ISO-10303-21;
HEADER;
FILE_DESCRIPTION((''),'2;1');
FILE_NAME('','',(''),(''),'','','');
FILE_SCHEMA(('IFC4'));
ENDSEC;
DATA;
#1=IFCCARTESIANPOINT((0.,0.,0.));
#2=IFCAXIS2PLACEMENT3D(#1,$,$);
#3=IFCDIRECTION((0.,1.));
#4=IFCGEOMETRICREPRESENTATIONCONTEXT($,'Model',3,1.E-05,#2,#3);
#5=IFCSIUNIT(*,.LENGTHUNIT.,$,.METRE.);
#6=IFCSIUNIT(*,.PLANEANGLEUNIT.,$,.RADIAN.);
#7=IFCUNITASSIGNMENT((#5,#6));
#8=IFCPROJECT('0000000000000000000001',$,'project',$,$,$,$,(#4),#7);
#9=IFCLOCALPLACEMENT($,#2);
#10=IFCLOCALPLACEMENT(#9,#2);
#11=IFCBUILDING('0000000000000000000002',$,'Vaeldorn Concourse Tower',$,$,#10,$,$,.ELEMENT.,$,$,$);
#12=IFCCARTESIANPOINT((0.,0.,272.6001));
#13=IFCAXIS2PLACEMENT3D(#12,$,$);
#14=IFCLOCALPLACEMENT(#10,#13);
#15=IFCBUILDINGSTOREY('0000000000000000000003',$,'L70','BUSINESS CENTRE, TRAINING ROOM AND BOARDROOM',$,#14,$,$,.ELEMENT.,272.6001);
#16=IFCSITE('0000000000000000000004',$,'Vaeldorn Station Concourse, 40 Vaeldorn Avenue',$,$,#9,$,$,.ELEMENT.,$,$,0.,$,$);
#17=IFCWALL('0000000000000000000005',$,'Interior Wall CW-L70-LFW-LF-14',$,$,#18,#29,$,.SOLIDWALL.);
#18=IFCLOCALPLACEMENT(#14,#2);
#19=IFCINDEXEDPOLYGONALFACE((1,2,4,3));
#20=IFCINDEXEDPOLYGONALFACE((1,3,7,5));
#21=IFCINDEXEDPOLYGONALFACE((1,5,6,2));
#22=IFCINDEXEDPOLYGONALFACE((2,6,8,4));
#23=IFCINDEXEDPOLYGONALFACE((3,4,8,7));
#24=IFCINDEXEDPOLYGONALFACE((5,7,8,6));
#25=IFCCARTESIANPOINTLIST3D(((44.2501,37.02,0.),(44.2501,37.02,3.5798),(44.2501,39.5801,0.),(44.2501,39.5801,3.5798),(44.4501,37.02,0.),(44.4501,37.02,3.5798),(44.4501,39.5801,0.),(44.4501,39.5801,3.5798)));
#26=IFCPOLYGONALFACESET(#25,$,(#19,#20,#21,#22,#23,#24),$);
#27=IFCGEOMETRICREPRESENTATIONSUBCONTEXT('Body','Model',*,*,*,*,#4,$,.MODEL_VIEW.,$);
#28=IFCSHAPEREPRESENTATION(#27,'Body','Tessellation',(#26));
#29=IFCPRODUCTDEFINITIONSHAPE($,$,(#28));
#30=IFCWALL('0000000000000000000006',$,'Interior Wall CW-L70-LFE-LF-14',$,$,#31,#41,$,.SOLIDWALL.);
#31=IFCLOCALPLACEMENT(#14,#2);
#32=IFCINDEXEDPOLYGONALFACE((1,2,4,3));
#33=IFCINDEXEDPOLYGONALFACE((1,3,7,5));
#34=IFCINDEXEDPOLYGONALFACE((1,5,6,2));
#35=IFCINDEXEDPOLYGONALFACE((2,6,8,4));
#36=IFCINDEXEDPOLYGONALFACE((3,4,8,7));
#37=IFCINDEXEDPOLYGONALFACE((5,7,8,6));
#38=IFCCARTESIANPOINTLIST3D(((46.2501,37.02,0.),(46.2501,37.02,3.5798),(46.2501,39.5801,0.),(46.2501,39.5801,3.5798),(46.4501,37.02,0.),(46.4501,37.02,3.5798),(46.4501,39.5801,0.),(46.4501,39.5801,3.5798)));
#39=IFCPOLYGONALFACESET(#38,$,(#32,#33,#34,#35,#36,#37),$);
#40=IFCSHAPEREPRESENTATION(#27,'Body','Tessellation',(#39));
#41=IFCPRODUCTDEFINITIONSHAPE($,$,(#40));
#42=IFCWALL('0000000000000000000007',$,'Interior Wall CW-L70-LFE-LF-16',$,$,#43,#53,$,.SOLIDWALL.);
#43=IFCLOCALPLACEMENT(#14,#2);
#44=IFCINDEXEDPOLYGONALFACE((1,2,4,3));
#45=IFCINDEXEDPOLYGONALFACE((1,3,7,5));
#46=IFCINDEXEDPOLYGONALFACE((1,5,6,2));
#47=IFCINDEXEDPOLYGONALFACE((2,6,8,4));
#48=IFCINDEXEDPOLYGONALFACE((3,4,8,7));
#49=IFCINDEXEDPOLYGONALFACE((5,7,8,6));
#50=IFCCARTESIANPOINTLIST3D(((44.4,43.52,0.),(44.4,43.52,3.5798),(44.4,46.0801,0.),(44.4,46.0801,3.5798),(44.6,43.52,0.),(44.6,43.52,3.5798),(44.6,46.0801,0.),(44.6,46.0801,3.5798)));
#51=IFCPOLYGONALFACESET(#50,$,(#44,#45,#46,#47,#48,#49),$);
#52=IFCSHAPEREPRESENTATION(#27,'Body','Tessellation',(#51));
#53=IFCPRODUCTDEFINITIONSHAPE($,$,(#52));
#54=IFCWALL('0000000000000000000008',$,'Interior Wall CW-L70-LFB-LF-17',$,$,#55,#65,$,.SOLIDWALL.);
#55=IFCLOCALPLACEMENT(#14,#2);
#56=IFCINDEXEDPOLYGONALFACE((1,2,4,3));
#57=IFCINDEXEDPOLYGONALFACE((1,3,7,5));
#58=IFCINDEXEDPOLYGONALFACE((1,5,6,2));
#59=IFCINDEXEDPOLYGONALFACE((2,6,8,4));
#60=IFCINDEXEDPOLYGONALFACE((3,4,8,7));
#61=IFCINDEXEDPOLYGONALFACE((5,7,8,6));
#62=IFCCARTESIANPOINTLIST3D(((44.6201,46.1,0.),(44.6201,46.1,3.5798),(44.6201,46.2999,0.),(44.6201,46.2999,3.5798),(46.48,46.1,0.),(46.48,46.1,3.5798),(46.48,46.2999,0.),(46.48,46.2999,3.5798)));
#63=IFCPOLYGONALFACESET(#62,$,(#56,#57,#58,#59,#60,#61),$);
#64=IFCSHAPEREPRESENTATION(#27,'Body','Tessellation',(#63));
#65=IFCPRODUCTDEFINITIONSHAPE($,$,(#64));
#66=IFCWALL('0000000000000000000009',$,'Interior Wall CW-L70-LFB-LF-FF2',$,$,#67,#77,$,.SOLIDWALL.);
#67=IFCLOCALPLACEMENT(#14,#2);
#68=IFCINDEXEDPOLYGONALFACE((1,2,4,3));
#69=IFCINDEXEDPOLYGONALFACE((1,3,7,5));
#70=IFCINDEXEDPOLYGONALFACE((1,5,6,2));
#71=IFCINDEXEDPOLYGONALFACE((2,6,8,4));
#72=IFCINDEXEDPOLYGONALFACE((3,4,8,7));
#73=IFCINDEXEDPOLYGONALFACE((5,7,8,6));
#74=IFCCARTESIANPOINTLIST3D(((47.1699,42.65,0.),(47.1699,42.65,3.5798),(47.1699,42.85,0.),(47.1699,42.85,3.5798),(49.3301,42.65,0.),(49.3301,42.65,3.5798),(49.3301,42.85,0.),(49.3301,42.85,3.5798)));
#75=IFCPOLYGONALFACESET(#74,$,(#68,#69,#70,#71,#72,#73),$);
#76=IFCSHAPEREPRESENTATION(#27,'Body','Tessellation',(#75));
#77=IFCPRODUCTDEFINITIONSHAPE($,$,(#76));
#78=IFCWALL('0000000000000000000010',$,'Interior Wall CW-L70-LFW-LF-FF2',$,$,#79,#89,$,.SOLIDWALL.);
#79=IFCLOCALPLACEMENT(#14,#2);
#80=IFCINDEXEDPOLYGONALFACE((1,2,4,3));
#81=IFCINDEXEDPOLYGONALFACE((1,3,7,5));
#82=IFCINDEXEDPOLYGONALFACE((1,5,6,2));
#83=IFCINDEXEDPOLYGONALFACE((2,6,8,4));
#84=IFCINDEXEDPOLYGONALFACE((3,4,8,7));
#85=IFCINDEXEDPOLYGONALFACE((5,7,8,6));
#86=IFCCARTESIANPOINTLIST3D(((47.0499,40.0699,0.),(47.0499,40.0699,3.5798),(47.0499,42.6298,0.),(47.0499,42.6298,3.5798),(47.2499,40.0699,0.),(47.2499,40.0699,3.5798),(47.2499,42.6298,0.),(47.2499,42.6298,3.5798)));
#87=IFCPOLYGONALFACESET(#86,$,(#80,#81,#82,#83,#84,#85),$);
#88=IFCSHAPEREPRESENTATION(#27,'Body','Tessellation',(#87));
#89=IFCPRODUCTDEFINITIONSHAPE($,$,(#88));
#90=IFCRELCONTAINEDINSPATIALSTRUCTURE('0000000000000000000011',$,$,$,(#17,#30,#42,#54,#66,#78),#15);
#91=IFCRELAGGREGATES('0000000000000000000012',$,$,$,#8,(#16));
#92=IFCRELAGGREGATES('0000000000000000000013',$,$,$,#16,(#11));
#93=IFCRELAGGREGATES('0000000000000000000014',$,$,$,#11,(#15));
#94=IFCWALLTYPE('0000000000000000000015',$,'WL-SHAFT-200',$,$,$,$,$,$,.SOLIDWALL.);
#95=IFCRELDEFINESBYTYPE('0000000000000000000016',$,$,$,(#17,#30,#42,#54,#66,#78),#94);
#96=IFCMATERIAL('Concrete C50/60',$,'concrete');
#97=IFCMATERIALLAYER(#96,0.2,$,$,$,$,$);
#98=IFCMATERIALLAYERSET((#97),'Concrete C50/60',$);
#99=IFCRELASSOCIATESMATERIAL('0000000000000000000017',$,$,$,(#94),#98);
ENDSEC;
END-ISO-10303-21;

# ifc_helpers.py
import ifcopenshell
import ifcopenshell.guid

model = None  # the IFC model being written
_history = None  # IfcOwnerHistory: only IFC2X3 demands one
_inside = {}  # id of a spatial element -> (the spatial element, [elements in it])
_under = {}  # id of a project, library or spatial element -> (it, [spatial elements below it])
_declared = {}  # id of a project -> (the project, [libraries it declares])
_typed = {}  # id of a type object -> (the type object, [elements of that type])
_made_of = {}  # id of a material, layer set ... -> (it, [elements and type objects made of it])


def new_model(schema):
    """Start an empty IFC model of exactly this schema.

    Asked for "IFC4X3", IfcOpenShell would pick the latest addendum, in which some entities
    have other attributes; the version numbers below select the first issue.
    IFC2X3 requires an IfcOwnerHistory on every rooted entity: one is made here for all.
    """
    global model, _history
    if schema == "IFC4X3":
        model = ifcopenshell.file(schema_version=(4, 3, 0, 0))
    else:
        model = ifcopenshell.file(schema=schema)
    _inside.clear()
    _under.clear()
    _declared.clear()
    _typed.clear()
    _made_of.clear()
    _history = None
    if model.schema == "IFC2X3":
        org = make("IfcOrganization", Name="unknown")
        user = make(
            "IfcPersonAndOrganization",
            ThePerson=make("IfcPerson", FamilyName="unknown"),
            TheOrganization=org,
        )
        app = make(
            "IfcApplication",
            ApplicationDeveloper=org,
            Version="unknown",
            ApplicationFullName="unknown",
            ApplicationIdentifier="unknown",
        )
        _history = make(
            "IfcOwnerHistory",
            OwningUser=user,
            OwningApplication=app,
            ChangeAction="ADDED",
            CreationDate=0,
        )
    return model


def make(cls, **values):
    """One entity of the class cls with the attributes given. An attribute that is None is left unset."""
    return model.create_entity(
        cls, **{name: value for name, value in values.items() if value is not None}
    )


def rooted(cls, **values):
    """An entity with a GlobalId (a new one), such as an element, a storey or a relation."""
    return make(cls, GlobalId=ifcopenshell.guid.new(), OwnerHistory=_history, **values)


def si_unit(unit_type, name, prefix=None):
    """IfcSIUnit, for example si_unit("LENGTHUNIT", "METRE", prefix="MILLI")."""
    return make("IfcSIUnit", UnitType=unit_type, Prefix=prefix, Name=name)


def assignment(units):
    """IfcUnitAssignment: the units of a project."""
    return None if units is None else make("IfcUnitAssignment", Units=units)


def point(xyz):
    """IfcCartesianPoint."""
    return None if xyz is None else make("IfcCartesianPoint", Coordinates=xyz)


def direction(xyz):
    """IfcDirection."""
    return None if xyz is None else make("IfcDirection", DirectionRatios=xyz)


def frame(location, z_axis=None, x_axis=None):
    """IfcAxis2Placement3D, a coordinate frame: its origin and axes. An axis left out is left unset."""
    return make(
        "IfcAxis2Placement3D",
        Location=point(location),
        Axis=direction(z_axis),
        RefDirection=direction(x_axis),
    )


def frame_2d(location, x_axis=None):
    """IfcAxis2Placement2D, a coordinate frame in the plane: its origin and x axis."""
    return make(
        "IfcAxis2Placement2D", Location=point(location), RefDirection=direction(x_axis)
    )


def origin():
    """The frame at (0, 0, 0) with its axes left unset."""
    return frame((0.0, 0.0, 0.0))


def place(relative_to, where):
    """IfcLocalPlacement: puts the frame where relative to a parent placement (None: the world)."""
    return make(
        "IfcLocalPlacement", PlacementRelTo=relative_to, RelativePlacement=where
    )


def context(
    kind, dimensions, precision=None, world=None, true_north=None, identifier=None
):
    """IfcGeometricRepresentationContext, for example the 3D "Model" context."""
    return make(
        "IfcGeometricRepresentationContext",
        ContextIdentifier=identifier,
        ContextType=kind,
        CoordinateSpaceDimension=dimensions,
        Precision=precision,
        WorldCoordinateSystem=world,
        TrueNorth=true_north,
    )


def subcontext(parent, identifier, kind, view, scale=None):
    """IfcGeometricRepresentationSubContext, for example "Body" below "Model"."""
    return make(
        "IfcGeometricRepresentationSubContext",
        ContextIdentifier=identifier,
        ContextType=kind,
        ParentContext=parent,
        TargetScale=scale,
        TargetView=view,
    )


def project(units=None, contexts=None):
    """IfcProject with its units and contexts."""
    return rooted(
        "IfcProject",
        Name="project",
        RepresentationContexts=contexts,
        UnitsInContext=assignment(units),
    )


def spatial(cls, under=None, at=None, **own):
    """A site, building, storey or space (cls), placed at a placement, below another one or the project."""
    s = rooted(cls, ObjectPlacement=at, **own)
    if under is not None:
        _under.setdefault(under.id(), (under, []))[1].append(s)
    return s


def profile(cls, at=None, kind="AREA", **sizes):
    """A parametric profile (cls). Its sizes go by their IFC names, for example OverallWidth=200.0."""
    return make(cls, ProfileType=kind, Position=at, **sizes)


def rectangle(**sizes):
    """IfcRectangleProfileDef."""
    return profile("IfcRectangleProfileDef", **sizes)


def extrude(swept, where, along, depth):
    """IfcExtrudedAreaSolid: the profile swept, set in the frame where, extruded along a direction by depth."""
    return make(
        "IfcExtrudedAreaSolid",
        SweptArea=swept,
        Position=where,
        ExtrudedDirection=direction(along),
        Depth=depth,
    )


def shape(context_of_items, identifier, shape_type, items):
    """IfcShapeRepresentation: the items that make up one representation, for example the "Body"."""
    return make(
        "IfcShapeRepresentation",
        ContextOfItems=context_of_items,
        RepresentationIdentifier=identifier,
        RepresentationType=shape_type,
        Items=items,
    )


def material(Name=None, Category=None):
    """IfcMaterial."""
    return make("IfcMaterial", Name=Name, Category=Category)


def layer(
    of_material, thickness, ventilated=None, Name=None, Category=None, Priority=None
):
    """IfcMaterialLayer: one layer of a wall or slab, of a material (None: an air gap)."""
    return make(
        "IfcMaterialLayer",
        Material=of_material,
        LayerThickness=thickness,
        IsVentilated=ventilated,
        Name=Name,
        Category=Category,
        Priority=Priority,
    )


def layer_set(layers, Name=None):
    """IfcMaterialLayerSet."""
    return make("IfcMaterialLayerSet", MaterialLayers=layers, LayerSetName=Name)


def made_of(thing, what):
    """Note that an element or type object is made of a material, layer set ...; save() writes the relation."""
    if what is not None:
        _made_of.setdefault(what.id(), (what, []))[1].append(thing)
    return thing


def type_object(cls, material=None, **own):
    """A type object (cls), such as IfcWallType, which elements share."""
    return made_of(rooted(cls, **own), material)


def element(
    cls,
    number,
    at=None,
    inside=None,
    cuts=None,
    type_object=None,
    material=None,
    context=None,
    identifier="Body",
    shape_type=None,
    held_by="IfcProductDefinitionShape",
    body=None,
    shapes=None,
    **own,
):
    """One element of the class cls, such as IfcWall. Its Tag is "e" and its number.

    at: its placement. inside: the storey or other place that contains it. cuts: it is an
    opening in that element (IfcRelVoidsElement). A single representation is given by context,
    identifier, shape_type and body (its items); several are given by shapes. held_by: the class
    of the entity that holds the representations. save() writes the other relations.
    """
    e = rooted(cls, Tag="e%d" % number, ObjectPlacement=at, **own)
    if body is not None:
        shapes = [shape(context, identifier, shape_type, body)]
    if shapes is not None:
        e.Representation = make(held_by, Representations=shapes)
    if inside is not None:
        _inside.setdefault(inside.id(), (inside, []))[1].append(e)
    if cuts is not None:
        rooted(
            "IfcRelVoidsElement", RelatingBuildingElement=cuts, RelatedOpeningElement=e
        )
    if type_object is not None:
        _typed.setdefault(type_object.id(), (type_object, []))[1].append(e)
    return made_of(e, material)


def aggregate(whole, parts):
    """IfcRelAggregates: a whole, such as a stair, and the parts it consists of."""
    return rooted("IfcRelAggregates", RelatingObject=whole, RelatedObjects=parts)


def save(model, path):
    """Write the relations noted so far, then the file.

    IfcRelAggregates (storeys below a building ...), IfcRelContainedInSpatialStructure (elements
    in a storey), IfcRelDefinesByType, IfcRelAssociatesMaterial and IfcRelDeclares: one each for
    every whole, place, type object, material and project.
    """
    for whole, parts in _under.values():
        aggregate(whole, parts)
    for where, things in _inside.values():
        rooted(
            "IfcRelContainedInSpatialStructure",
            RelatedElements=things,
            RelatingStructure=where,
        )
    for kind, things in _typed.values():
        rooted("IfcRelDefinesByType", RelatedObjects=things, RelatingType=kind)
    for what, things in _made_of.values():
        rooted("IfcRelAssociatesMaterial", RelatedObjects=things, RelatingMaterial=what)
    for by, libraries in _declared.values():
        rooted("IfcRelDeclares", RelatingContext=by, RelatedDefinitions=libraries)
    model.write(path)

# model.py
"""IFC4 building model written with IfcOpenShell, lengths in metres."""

from ifc_helpers import new_model, si_unit, direction, frame, frame_2d, origin, place, context, subcontext, project, spatial, rectangle, extrude, material, layer, layer_set, type_object, element, save


model = new_model("IFC4")

# Units and contexts
model_context = context("Model", 3, precision=1e-05, world=origin(), true_north=direction((0.0, 1.0)))
body_context = subcontext(model_context, "Body", "Model", "MODEL_VIEW")
ifc_project = project(units=[si_unit("LENGTHUNIT", "METRE"), si_unit("PLANEANGLEUNIT", "RADIAN")], contexts=[model_context])

# Site, building, storey
site_placement = place(None, origin())
site = spatial("IfcSite", under=ifc_project, at=site_placement, Name="Vaeldorn Station Concourse, 40 Vaeldorn Avenue", CompositionType="ELEMENT", RefElevation=0.0)
building_placement = place(site_placement, origin())
building = spatial("IfcBuilding", under=site, at=building_placement, Name="Vaeldorn Concourse Tower", CompositionType="ELEMENT")
storey_placement = place(building_placement, frame((0.0, 0.0, 272.6001)))
storey = spatial("IfcBuildingStorey", under=building, at=storey_placement, Name="L70", Description="BUSINESS CENTRE, TRAINING ROOM AND BOARDROOM", CompositionType="ELEMENT", Elevation=272.6001)

# Shared definitions
ifc_material_1 = material(Name="Concrete C50/60", Category="concrete")

# Shared definitions
ifc_layer_1 = layer(ifc_material_1, 0.2)
ifc_layer_set_1 = layer_set([ifc_layer_1], Name="Concrete C50/60")
wall_type_1 = type_object("IfcWallType", Name="WL-SHAFT-200", PredefinedType="SOLIDWALL", material=ifc_layer_set_1)

# Walls
for number, where, z_axis, x_axis, name in (
    (1, (44.3501, 37.02, 0.0), (0.0, 0.0, 1.0), (0.0, 1.0, 0.0), "Interior Wall CW-L70-LFW-LF-14"),
    (2, (46.3501, 37.02, 0.0), (0.0, 0.0, 1.0), (0.0, 1.0, 0.0), "Interior Wall CW-L70-LFE-LF-14"),
    (3, (44.5, 43.52, 0.0), (0.0, 0.0, 1.0), (0.0, 1.0, 0.0), "Interior Wall CW-L70-LFE-LF-16"),
):
    element("IfcWall", number, at=place(storey_placement, frame(where, z_axis=z_axis, x_axis=x_axis)), inside=storey, type_object=wall_type_1, Name=name, PredefinedType="SOLIDWALL", context=body_context, shape_type="SweptSolid", body=[
        extrude(rectangle(XDim=2.5601, YDim=0.2, at=frame_2d((1.28, 0.0))), origin(), (0.0, 0.0, 1.0), 3.5798),
    ])

# Wall
wall_1_placement = place(storey_placement, frame((44.6201, 46.2, 0.0), z_axis=(0.0, 0.0, 1.0), x_axis=(1.0, 0.0, 0.0)))
element("IfcWall", 4, at=wall_1_placement, inside=storey, type_object=wall_type_1, Name="Interior Wall CW-L70-LFB-LF-17", PredefinedType="SOLIDWALL", context=body_context, shape_type="SweptSolid", body=[
    extrude(rectangle(XDim=1.8599, YDim=0.2, at=frame_2d((0.9299, 0.0))), origin(), (0.0, 0.0, 1.0), 3.5798),
])

# Walls
wall_2_placement = place(storey_placement, frame((47.1699, 42.75, 0.0), z_axis=(0.0, 0.0, 1.0), x_axis=(1.0, 0.0, 0.0)))
element("IfcWall", 5, at=wall_2_placement, inside=storey, type_object=wall_type_1, Name="Interior Wall CW-L70-LFB-LF-FF2", PredefinedType="SOLIDWALL", context=body_context, shape_type="SweptSolid", body=[
    extrude(rectangle(XDim=2.1602, YDim=0.2, at=frame_2d((1.0801, 0.0))), origin(), (0.0, 0.0, 1.0), 3.5798),
])
wall_3_placement = place(storey_placement, frame((47.1499, 40.0701, 0.0), z_axis=(0.0, 0.0, 1.0), x_axis=(0.0, 1.0, 0.0)))
element("IfcWall", 6, at=wall_3_placement, inside=storey, type_object=wall_type_1, Name="Interior Wall CW-L70-LFW-LF-FF2", PredefinedType="SOLIDWALL", context=body_context, shape_type="SweptSolid", body=[
    extrude(rectangle(XDim=2.5598, YDim=0.2, at=frame_2d((1.2798, 0.0))), origin(), (0.0, 0.0, 1.0), 3.5798),
])

save(model, "model.ifc")
